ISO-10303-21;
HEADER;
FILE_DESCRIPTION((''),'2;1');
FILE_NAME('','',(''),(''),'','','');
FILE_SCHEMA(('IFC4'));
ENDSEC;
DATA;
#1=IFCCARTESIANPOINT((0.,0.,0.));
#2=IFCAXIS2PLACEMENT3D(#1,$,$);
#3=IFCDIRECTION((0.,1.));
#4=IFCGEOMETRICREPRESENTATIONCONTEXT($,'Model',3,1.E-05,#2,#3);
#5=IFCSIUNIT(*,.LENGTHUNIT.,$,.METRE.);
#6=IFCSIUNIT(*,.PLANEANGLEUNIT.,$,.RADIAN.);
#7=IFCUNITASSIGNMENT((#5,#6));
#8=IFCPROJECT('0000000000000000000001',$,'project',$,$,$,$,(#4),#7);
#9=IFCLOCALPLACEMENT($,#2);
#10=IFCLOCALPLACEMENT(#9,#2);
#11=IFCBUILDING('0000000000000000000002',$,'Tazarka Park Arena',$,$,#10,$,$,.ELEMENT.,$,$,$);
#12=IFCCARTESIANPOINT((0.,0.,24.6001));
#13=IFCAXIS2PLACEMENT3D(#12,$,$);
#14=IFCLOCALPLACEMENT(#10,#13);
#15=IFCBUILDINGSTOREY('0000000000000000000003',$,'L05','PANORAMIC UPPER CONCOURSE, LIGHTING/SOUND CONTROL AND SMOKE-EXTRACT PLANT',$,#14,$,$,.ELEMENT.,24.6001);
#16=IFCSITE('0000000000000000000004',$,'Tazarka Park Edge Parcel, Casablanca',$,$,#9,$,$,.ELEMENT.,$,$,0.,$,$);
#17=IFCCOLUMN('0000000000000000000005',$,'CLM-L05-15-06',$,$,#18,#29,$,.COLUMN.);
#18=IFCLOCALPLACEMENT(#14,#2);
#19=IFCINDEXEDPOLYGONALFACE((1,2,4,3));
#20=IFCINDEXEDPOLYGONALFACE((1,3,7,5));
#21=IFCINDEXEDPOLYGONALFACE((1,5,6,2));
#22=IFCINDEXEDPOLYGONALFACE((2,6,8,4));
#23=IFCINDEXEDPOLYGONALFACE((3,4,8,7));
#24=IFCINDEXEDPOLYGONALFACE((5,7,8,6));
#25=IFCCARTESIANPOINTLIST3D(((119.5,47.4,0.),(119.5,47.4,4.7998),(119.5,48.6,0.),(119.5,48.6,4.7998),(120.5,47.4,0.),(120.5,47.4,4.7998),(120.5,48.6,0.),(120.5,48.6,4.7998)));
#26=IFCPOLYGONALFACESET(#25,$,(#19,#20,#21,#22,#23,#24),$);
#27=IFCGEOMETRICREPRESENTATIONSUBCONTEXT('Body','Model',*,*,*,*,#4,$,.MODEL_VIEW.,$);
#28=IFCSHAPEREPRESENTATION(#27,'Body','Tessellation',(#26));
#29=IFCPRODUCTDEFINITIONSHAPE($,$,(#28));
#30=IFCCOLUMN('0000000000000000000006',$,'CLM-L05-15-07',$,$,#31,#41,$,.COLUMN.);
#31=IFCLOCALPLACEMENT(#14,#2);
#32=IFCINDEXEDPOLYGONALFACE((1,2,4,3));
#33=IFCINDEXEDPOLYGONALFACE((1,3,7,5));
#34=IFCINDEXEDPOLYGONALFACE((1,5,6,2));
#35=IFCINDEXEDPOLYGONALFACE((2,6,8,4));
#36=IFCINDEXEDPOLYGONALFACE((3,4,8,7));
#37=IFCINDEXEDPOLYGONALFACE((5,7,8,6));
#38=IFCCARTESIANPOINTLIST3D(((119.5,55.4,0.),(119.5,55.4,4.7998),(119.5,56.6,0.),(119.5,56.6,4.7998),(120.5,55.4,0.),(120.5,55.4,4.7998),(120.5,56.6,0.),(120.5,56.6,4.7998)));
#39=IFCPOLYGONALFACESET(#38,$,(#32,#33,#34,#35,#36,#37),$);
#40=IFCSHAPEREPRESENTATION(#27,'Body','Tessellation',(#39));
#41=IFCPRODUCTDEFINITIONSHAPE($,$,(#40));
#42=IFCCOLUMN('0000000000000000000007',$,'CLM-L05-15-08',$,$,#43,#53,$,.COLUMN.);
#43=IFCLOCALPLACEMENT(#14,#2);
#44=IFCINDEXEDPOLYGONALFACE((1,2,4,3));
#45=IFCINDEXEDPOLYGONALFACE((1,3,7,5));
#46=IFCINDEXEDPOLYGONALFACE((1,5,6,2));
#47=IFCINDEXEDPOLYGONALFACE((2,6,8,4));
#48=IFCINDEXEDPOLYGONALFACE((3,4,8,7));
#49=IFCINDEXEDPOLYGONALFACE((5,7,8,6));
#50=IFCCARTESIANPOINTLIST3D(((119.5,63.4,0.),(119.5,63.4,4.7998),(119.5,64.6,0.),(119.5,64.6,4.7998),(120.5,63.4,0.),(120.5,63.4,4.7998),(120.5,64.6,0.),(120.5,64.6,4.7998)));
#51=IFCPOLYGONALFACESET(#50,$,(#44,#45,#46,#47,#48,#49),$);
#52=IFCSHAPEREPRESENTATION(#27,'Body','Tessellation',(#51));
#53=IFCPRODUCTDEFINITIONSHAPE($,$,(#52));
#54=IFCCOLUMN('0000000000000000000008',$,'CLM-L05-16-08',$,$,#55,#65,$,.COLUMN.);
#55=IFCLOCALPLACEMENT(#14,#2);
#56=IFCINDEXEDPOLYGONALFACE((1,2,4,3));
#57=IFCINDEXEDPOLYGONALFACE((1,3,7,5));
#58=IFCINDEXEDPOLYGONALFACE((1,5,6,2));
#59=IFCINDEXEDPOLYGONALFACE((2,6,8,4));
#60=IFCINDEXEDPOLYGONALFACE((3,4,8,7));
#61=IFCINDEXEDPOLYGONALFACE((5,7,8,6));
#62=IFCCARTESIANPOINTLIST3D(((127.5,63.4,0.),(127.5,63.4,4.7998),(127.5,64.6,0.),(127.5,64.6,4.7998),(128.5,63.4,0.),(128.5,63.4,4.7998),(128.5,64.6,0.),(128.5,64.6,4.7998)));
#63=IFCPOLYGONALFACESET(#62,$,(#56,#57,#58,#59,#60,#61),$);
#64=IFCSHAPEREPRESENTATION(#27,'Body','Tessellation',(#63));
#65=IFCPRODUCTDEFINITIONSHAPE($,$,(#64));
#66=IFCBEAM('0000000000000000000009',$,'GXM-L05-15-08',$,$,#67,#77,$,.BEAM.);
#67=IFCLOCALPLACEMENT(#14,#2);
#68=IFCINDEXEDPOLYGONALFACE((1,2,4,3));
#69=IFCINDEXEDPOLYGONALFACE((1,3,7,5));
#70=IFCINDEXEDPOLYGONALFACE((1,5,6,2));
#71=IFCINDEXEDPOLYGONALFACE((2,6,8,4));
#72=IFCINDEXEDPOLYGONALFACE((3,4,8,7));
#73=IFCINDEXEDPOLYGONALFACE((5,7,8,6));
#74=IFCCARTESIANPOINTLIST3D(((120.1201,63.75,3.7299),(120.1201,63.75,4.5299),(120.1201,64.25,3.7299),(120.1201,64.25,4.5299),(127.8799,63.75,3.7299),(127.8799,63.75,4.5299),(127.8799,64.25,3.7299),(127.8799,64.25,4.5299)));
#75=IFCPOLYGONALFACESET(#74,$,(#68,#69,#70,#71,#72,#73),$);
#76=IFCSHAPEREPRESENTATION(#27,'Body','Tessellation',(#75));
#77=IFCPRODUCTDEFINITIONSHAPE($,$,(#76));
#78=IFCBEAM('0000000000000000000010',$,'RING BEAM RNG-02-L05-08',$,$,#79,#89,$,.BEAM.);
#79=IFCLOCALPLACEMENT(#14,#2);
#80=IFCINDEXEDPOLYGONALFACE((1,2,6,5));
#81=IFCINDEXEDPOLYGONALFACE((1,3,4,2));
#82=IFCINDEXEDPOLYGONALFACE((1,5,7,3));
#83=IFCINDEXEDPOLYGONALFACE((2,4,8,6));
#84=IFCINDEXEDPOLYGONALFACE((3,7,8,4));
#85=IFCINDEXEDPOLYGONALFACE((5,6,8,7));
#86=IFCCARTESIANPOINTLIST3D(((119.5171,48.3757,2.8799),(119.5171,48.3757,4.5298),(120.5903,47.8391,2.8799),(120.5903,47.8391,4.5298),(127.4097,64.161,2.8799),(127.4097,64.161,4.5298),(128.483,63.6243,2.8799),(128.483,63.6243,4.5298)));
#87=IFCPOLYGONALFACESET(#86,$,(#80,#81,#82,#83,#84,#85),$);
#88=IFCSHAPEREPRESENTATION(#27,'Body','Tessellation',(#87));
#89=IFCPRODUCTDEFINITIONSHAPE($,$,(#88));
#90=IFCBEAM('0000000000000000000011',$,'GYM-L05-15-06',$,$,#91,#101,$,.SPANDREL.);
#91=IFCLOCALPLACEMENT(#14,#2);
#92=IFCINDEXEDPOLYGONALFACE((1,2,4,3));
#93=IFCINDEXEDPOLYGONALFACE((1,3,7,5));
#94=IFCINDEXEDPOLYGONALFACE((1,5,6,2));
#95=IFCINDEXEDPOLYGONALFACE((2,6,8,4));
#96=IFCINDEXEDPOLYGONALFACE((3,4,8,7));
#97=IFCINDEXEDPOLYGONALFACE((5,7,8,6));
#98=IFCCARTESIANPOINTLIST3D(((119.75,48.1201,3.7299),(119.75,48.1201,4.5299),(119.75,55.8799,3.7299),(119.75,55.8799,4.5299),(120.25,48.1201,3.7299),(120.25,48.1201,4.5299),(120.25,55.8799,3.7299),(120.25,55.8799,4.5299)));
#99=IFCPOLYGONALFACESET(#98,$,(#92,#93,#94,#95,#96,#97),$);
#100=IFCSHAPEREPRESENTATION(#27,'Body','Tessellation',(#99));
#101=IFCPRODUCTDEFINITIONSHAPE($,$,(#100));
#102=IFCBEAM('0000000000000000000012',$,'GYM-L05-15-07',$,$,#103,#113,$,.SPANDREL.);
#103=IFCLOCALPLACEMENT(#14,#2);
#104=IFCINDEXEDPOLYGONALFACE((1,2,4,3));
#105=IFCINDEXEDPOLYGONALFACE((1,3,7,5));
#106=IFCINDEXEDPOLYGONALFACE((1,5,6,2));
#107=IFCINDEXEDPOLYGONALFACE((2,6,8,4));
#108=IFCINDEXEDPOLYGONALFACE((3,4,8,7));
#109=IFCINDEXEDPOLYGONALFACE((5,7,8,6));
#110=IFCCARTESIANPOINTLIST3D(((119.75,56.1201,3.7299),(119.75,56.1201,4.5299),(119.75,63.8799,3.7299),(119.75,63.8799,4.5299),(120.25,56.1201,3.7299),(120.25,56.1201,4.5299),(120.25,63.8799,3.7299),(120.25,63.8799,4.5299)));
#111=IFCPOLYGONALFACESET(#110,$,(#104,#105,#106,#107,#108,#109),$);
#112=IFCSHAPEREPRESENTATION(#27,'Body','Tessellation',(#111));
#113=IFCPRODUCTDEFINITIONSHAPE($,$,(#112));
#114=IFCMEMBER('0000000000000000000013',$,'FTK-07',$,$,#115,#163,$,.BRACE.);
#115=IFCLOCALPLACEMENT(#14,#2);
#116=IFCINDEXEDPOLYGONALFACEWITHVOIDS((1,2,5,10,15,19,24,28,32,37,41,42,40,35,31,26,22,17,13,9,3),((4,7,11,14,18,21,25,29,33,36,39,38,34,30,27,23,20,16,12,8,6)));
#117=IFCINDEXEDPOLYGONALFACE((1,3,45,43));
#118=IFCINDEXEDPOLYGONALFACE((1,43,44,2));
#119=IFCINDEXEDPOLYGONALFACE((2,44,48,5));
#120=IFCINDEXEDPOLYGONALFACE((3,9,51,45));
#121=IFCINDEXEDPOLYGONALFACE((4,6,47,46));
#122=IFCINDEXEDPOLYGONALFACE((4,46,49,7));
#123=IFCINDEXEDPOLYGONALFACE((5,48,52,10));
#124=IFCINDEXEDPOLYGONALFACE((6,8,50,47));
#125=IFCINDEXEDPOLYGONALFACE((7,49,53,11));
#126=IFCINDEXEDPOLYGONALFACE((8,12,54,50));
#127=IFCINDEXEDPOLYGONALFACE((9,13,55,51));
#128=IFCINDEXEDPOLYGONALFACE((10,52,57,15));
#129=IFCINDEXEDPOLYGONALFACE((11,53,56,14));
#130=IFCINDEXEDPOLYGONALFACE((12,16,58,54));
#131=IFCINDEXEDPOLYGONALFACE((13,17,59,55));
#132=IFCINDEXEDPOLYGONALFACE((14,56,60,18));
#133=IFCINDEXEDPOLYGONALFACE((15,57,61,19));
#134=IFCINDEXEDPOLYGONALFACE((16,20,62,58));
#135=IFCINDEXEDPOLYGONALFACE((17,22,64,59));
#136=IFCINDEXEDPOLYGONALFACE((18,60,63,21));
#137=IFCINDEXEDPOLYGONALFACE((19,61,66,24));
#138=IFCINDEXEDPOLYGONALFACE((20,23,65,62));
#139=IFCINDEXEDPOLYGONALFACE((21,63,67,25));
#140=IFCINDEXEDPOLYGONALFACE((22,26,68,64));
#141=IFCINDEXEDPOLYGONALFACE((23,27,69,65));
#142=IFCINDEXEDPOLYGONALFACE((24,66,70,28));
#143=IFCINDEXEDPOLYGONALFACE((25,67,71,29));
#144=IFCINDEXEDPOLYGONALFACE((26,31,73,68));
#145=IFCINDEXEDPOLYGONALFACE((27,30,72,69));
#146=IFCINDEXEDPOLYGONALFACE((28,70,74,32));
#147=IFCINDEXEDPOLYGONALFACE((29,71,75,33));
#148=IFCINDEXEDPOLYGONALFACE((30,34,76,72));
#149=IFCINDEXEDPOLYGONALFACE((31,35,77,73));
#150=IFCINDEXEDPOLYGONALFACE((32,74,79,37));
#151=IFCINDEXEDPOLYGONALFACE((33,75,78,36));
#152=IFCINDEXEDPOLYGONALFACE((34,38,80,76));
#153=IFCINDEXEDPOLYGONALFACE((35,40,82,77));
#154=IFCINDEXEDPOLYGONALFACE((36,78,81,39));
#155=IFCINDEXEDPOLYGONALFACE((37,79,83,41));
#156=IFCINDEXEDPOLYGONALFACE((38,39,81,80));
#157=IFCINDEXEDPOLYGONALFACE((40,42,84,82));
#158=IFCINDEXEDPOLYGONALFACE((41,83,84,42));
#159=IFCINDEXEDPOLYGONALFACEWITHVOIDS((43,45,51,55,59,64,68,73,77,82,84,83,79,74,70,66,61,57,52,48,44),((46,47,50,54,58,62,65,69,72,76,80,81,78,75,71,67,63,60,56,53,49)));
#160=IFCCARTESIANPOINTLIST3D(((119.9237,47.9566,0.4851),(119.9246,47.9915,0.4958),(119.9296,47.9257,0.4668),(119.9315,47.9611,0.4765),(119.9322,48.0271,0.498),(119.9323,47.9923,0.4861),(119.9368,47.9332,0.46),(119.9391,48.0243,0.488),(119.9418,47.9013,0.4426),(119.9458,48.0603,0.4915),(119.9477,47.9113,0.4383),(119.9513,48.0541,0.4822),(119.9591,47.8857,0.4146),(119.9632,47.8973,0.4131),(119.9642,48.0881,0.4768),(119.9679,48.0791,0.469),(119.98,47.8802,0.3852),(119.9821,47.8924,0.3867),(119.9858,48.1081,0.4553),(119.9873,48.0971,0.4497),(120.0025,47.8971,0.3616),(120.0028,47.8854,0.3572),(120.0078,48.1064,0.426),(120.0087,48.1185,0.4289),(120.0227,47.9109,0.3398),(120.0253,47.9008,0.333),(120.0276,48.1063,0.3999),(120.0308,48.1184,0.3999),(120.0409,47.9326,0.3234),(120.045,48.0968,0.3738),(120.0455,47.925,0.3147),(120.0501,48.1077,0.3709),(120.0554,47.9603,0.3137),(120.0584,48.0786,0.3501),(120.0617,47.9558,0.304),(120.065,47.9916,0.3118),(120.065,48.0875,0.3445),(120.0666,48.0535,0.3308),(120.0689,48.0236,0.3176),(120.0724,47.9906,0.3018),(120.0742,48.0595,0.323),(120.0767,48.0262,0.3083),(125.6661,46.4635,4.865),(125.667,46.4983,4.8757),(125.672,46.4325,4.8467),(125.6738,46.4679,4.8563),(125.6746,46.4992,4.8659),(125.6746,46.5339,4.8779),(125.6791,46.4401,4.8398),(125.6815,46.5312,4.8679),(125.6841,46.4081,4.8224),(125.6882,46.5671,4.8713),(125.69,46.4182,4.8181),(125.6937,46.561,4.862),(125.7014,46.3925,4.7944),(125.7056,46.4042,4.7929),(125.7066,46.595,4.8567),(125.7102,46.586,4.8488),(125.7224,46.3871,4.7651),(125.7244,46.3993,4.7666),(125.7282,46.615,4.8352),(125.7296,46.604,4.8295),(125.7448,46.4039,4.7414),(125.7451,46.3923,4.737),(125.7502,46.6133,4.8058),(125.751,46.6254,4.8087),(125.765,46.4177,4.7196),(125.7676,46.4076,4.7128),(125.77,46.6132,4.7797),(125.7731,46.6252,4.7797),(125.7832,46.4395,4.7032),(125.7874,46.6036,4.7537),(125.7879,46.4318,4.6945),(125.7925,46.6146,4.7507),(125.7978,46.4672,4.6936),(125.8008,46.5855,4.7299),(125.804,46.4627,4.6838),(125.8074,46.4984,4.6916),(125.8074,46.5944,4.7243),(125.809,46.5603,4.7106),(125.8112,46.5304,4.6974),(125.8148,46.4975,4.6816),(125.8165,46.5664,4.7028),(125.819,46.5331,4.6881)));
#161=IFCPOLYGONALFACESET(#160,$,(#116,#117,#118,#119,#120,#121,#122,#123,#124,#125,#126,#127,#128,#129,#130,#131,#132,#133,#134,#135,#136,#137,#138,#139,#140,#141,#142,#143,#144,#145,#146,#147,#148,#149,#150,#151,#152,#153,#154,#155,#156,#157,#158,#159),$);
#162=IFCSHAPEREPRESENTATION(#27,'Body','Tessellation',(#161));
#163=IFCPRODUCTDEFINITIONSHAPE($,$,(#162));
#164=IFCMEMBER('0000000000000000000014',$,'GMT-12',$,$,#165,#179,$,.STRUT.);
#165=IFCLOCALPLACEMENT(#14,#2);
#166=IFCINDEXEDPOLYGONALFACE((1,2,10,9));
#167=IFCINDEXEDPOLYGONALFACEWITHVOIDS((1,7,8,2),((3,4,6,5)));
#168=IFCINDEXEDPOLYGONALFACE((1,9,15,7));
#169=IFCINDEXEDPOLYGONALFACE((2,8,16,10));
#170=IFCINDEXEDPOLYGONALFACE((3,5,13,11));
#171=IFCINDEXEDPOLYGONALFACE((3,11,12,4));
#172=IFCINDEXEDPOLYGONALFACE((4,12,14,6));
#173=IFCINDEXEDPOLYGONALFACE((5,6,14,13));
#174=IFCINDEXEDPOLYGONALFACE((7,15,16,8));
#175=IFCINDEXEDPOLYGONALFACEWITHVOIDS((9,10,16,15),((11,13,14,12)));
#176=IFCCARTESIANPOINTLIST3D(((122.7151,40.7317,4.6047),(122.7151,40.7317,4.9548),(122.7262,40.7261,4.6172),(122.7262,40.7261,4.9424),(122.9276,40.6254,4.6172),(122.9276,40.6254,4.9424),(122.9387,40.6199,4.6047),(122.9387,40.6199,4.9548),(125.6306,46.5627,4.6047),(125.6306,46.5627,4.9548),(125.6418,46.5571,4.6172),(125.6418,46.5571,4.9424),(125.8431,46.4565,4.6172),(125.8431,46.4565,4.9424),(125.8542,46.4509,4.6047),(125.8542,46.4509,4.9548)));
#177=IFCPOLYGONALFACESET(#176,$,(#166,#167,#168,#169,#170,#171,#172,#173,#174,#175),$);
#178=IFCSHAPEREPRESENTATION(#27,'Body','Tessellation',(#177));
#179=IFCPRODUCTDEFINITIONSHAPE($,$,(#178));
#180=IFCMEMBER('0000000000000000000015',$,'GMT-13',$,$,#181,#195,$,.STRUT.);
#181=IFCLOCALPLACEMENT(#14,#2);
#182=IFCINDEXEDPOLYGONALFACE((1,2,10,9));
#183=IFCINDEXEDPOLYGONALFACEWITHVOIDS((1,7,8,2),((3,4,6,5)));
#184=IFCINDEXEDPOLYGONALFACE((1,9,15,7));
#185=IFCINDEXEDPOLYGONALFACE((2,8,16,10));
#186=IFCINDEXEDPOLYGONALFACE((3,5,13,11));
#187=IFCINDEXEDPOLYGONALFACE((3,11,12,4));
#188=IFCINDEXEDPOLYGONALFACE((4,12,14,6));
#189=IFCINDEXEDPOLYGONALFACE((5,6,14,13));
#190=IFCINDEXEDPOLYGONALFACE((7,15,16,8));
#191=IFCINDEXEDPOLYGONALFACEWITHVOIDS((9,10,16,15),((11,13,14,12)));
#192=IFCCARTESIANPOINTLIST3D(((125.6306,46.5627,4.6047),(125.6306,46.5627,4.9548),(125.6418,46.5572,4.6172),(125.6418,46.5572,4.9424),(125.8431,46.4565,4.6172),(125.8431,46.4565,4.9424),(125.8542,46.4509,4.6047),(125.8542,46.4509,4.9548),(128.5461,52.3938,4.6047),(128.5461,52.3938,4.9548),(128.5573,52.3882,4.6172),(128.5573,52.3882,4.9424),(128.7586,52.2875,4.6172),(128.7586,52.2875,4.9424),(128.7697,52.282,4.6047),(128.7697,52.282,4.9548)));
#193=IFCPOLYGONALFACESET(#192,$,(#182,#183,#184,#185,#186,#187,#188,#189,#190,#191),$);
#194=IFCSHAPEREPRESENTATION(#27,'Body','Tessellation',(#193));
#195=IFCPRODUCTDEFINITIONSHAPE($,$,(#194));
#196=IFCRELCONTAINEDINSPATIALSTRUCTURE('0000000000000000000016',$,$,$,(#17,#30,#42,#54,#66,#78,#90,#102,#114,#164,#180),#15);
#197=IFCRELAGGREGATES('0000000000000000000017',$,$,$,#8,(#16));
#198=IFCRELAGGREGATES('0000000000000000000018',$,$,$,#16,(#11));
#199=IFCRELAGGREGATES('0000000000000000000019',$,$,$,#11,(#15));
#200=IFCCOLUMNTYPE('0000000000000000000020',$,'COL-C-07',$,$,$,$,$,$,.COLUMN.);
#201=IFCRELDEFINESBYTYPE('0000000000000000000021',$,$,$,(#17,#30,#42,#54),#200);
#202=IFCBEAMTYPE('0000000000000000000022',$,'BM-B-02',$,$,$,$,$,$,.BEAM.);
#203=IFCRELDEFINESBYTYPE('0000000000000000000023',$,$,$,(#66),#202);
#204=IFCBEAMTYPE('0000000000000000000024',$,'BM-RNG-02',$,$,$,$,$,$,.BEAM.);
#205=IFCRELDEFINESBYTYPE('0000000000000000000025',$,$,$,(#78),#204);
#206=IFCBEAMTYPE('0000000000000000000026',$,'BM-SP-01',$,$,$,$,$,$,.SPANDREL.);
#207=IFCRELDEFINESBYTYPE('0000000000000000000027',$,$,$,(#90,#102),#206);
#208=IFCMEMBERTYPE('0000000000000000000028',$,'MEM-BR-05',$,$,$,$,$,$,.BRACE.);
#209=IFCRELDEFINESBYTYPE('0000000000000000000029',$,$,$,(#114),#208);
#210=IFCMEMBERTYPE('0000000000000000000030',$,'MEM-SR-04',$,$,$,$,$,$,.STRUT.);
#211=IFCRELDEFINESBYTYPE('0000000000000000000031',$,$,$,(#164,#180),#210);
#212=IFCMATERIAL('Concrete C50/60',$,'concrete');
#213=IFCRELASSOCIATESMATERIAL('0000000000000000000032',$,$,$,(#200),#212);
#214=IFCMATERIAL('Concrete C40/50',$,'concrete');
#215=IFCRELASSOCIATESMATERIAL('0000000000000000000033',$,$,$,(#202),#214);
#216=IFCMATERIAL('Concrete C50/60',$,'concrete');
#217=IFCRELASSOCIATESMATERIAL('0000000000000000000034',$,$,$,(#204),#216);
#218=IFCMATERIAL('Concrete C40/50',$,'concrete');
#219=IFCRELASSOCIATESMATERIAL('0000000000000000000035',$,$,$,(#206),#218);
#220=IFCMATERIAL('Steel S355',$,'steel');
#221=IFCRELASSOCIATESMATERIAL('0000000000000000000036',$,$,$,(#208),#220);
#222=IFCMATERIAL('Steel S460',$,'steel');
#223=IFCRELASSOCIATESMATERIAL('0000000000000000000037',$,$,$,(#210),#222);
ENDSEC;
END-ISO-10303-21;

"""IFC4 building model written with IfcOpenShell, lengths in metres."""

from ifc_helpers import new_model, si_unit, direction, frame, origin, origin_2d, place, context, subcontext, project, spatial, rectangle, hollow_rectangle, hollow_circle, extrude, material, material_profile, profile_set, type_object, element, save


model = new_model("IFC4")

# Units and contexts
model_context = context("Model", 3, precision=1e-05, world=origin(), true_north=direction((0.0, 1.0)))
body_context = subcontext(model_context, "Body", "Model", "MODEL_VIEW")
ifc_project = project(units=[si_unit("LENGTHUNIT", "METRE"), si_unit("PLANEANGLEUNIT", "RADIAN")], contexts=[model_context])

# Site, building, storey
site_placement = place(None, origin())
site = spatial("IfcSite", under=ifc_project, at=site_placement, Name="Tazarka Park Edge Parcel, Casablanca", CompositionType="ELEMENT", RefElevation=0.0)
building_placement = place(site_placement, origin())
building = spatial("IfcBuilding", under=site, at=building_placement, Name="Tazarka Park Arena", CompositionType="ELEMENT")
storey_placement = place(building_placement, frame((0.0, 0.0, 24.6001)))
storey = spatial("IfcBuildingStorey", under=building, at=storey_placement, Name="L05", Description="PANORAMIC UPPER CONCOURSE, LIGHTING/SOUND CONTROL AND SMOKE-EXTRACT PLANT", CompositionType="ELEMENT", Elevation=24.6001)

# Columns
ifc_material_1 = material(Name="Concrete C50/60", Category="concrete")
ifc_material_profile_1 = material_profile(ifc_material_1, rectangle(XDim=1.0, YDim=1.2, at=origin_2d()), Name="Concrete C50/60")
ifc_profile_set_1 = profile_set([ifc_material_profile_1], Name="Concrete C50/60")
column_type = type_object("IfcColumnType", Name="COL-C-07", PredefinedType="COLUMN", material=ifc_profile_set_1)
for number, where, z_axis, x_axis, name in (
    (1, (120.0, 48.0, 0.0), (0.0, 0.0, 1.0), (1.0, 0.0, 0.0), "CLM-L05-15-06"),
    (2, (120.0, 56.0, 0.0), (0.0, 0.0, 1.0), (1.0, 0.0, 0.0), "CLM-L05-15-07"),
    (3, (120.0, 64.0, 0.0), (0.0, 0.0, 1.0), (1.0, 0.0, 0.0), "CLM-L05-15-08"),
    (4, (128.0, 64.0, 0.0), (0.0, 0.0, 1.0), (1.0, 0.0, 0.0), "CLM-L05-16-08"),
):
    element("IfcColumn", number, at=place(storey_placement, frame(where, z_axis=z_axis, x_axis=x_axis)), inside=storey, type_object=column_type, Name=name, PredefinedType="COLUMN", context=body_context, shape_type="SweptSolid", body=[
        extrude(rectangle(XDim=1.0, YDim=1.2, at=origin_2d()), origin(), (0.0, 0.0, 1.0), 4.7998),
    ])

# Beams
ifc_material_2 = material(Name="Concrete C40/50", Category="concrete")
ifc_material_profile_2 = material_profile(ifc_material_2, rectangle(XDim=0.5, YDim=0.8, at=origin_2d()), Name="Concrete C40/50")
ifc_profile_set_2 = profile_set([ifc_material_profile_2], Name="Concrete C40/50")
beam_type_1 = type_object("IfcBeamType", Name="BM-B-02", PredefinedType="BEAM", material=ifc_profile_set_2)
beam_1_placement = place(storey_placement, frame((120.1201, 64.0, 4.1299), z_axis=(1.0, 0.0, 0.0), x_axis=(0.0, 1.0, 0.0)))
element("IfcBeam", 5, at=beam_1_placement, inside=storey, type_object=beam_type_1, Name="GXM-L05-15-08", PredefinedType="BEAM", context=body_context, shape_type="SweptSolid", body=[
    extrude(rectangle(XDim=0.5, YDim=0.8, at=origin_2d()), origin(), (0.0, 0.0, 1.0), 7.7598),
])
ifc_material_3 = material(Name="Concrete C50/60", Category="concrete")
ifc_material_profile_3 = material_profile(ifc_material_3, rectangle(XDim=1.2, YDim=1.6499, at=origin_2d()), Name="Concrete C50/60")
ifc_profile_set_3 = profile_set([ifc_material_profile_3], Name="Concrete C50/60")
beam_type_2 = type_object("IfcBeamType", Name="BM-RNG-02", PredefinedType="BEAM", material=ifc_profile_set_3)
beam_2_placement = place(storey_placement, frame((120.0537, 48.1074, 3.7048), z_axis=(0.447214, 0.894427, 0.0), x_axis=(-0.894427, 0.447214, 0.0)))
element("IfcBeam", 6, at=beam_2_placement, inside=storey, type_object=beam_type_2, Name="RING BEAM RNG-02-L05-08", PredefinedType="BEAM", context=body_context, shape_type="SweptSolid", body=[
    extrude(rectangle(XDim=1.2, YDim=1.6499, at=origin_2d()), origin(), (0.0, 0.0, 1.0), 17.6484),
])
ifc_material_4 = material(Name="Concrete C40/50", Category="concrete")
ifc_material_profile_4 = material_profile(ifc_material_4, rectangle(XDim=0.5, YDim=0.8, at=origin_2d()), Name="Concrete C40/50")
ifc_profile_set_4 = profile_set([ifc_material_profile_4], Name="Concrete C40/50")
beam_type_3 = type_object("IfcBeamType", Name="BM-SP-01", PredefinedType="SPANDREL", material=ifc_profile_set_4)
for number, where, z_axis, x_axis, name in (
    (7, (120.0, 48.1201, 4.1299), (0.0, 1.0, 0.0), (-1.0, 0.0, 0.0), "GYM-L05-15-06"),
    (8, (120.0, 56.1201, 4.1299), (0.0, 1.0, 0.0), (-1.0, 0.0, 0.0), "GYM-L05-15-07"),
):
    element("IfcBeam", number, at=place(storey_placement, frame(where, z_axis=z_axis, x_axis=x_axis)), inside=storey, type_object=beam_type_3, Name=name, PredefinedType="SPANDREL", context=body_context, shape_type="SweptSolid", body=[
        extrude(rectangle(XDim=0.5, YDim=0.8, at=origin_2d()), origin(), (0.0, 0.0, 1.0), 7.7598),
    ])

# Members
ifc_material_5 = material(Name="Steel S355", Category="steel")
ifc_material_profile_5 = material_profile(ifc_material_5, hollow_circle(Radius=0.1223, WallThickness=0.0125, at=origin_2d()), Name="Steel S355")
ifc_profile_set_5 = profile_set([ifc_material_profile_5], Name="Steel S355")
member_type_1 = type_object("IfcMemberType", Name="MEM-BR-05", PredefinedType="BRACE", material=ifc_profile_set_5)
member_1_placement = place(storey_placement, frame((120.0, 48.0, 0.3999), z_axis=(0.77865, -0.202467, 0.593894), x_axis=(0.251655, 0.967817, 0.0)))
element("IfcMember", 9, at=member_1_placement, inside=storey, type_object=member_type_1, Name="FTK-07", PredefinedType="BRACE", context=body_context, shape_type="SweptSolid", body=[
    extrude(hollow_circle(Radius=0.1223, WallThickness=0.0125, at=origin_2d()), origin(), (0.0, 0.0, 1.0), 7.3748),
])
ifc_material_6 = material(Name="Steel S460", Category="steel")
ifc_material_profile_6 = material_profile(ifc_material_6, hollow_rectangle(XDim=0.25, YDim=0.3501, WallThickness=0.0125, at=origin_2d()), Name="Steel S460")
ifc_profile_set_6 = profile_set([ifc_material_profile_6], Name="Steel S460")
member_type_2 = type_object("IfcMemberType", Name="MEM-SR-04", PredefinedType="STRUT", material=ifc_profile_set_6)
for number, where, z_axis, x_axis, name in (
    (10, (122.8269, 40.6758, 4.7798), (0.447214, 0.894427, 0.0), (-0.894427, 0.447214, 0.0), "GMT-12"),
    (11, (125.7424, 46.5068, 4.7798), (0.447214, 0.894427, 0.0), (-0.894427, 0.447214, 0.0), "GMT-13"),
):
    element("IfcMember", number, at=place(storey_placement, frame(where, z_axis=z_axis, x_axis=x_axis)), inside=storey, type_object=member_type_2, Name=name, PredefinedType="STRUT", context=body_context, shape_type="SweptSolid", body=[
        extrude(hollow_rectangle(XDim=0.25, YDim=0.3501, WallThickness=0.0125, at=origin_2d()), origin(), (0.0, 0.0, 1.0), 6.5193),
    ])

save(model, "model.ifc")
